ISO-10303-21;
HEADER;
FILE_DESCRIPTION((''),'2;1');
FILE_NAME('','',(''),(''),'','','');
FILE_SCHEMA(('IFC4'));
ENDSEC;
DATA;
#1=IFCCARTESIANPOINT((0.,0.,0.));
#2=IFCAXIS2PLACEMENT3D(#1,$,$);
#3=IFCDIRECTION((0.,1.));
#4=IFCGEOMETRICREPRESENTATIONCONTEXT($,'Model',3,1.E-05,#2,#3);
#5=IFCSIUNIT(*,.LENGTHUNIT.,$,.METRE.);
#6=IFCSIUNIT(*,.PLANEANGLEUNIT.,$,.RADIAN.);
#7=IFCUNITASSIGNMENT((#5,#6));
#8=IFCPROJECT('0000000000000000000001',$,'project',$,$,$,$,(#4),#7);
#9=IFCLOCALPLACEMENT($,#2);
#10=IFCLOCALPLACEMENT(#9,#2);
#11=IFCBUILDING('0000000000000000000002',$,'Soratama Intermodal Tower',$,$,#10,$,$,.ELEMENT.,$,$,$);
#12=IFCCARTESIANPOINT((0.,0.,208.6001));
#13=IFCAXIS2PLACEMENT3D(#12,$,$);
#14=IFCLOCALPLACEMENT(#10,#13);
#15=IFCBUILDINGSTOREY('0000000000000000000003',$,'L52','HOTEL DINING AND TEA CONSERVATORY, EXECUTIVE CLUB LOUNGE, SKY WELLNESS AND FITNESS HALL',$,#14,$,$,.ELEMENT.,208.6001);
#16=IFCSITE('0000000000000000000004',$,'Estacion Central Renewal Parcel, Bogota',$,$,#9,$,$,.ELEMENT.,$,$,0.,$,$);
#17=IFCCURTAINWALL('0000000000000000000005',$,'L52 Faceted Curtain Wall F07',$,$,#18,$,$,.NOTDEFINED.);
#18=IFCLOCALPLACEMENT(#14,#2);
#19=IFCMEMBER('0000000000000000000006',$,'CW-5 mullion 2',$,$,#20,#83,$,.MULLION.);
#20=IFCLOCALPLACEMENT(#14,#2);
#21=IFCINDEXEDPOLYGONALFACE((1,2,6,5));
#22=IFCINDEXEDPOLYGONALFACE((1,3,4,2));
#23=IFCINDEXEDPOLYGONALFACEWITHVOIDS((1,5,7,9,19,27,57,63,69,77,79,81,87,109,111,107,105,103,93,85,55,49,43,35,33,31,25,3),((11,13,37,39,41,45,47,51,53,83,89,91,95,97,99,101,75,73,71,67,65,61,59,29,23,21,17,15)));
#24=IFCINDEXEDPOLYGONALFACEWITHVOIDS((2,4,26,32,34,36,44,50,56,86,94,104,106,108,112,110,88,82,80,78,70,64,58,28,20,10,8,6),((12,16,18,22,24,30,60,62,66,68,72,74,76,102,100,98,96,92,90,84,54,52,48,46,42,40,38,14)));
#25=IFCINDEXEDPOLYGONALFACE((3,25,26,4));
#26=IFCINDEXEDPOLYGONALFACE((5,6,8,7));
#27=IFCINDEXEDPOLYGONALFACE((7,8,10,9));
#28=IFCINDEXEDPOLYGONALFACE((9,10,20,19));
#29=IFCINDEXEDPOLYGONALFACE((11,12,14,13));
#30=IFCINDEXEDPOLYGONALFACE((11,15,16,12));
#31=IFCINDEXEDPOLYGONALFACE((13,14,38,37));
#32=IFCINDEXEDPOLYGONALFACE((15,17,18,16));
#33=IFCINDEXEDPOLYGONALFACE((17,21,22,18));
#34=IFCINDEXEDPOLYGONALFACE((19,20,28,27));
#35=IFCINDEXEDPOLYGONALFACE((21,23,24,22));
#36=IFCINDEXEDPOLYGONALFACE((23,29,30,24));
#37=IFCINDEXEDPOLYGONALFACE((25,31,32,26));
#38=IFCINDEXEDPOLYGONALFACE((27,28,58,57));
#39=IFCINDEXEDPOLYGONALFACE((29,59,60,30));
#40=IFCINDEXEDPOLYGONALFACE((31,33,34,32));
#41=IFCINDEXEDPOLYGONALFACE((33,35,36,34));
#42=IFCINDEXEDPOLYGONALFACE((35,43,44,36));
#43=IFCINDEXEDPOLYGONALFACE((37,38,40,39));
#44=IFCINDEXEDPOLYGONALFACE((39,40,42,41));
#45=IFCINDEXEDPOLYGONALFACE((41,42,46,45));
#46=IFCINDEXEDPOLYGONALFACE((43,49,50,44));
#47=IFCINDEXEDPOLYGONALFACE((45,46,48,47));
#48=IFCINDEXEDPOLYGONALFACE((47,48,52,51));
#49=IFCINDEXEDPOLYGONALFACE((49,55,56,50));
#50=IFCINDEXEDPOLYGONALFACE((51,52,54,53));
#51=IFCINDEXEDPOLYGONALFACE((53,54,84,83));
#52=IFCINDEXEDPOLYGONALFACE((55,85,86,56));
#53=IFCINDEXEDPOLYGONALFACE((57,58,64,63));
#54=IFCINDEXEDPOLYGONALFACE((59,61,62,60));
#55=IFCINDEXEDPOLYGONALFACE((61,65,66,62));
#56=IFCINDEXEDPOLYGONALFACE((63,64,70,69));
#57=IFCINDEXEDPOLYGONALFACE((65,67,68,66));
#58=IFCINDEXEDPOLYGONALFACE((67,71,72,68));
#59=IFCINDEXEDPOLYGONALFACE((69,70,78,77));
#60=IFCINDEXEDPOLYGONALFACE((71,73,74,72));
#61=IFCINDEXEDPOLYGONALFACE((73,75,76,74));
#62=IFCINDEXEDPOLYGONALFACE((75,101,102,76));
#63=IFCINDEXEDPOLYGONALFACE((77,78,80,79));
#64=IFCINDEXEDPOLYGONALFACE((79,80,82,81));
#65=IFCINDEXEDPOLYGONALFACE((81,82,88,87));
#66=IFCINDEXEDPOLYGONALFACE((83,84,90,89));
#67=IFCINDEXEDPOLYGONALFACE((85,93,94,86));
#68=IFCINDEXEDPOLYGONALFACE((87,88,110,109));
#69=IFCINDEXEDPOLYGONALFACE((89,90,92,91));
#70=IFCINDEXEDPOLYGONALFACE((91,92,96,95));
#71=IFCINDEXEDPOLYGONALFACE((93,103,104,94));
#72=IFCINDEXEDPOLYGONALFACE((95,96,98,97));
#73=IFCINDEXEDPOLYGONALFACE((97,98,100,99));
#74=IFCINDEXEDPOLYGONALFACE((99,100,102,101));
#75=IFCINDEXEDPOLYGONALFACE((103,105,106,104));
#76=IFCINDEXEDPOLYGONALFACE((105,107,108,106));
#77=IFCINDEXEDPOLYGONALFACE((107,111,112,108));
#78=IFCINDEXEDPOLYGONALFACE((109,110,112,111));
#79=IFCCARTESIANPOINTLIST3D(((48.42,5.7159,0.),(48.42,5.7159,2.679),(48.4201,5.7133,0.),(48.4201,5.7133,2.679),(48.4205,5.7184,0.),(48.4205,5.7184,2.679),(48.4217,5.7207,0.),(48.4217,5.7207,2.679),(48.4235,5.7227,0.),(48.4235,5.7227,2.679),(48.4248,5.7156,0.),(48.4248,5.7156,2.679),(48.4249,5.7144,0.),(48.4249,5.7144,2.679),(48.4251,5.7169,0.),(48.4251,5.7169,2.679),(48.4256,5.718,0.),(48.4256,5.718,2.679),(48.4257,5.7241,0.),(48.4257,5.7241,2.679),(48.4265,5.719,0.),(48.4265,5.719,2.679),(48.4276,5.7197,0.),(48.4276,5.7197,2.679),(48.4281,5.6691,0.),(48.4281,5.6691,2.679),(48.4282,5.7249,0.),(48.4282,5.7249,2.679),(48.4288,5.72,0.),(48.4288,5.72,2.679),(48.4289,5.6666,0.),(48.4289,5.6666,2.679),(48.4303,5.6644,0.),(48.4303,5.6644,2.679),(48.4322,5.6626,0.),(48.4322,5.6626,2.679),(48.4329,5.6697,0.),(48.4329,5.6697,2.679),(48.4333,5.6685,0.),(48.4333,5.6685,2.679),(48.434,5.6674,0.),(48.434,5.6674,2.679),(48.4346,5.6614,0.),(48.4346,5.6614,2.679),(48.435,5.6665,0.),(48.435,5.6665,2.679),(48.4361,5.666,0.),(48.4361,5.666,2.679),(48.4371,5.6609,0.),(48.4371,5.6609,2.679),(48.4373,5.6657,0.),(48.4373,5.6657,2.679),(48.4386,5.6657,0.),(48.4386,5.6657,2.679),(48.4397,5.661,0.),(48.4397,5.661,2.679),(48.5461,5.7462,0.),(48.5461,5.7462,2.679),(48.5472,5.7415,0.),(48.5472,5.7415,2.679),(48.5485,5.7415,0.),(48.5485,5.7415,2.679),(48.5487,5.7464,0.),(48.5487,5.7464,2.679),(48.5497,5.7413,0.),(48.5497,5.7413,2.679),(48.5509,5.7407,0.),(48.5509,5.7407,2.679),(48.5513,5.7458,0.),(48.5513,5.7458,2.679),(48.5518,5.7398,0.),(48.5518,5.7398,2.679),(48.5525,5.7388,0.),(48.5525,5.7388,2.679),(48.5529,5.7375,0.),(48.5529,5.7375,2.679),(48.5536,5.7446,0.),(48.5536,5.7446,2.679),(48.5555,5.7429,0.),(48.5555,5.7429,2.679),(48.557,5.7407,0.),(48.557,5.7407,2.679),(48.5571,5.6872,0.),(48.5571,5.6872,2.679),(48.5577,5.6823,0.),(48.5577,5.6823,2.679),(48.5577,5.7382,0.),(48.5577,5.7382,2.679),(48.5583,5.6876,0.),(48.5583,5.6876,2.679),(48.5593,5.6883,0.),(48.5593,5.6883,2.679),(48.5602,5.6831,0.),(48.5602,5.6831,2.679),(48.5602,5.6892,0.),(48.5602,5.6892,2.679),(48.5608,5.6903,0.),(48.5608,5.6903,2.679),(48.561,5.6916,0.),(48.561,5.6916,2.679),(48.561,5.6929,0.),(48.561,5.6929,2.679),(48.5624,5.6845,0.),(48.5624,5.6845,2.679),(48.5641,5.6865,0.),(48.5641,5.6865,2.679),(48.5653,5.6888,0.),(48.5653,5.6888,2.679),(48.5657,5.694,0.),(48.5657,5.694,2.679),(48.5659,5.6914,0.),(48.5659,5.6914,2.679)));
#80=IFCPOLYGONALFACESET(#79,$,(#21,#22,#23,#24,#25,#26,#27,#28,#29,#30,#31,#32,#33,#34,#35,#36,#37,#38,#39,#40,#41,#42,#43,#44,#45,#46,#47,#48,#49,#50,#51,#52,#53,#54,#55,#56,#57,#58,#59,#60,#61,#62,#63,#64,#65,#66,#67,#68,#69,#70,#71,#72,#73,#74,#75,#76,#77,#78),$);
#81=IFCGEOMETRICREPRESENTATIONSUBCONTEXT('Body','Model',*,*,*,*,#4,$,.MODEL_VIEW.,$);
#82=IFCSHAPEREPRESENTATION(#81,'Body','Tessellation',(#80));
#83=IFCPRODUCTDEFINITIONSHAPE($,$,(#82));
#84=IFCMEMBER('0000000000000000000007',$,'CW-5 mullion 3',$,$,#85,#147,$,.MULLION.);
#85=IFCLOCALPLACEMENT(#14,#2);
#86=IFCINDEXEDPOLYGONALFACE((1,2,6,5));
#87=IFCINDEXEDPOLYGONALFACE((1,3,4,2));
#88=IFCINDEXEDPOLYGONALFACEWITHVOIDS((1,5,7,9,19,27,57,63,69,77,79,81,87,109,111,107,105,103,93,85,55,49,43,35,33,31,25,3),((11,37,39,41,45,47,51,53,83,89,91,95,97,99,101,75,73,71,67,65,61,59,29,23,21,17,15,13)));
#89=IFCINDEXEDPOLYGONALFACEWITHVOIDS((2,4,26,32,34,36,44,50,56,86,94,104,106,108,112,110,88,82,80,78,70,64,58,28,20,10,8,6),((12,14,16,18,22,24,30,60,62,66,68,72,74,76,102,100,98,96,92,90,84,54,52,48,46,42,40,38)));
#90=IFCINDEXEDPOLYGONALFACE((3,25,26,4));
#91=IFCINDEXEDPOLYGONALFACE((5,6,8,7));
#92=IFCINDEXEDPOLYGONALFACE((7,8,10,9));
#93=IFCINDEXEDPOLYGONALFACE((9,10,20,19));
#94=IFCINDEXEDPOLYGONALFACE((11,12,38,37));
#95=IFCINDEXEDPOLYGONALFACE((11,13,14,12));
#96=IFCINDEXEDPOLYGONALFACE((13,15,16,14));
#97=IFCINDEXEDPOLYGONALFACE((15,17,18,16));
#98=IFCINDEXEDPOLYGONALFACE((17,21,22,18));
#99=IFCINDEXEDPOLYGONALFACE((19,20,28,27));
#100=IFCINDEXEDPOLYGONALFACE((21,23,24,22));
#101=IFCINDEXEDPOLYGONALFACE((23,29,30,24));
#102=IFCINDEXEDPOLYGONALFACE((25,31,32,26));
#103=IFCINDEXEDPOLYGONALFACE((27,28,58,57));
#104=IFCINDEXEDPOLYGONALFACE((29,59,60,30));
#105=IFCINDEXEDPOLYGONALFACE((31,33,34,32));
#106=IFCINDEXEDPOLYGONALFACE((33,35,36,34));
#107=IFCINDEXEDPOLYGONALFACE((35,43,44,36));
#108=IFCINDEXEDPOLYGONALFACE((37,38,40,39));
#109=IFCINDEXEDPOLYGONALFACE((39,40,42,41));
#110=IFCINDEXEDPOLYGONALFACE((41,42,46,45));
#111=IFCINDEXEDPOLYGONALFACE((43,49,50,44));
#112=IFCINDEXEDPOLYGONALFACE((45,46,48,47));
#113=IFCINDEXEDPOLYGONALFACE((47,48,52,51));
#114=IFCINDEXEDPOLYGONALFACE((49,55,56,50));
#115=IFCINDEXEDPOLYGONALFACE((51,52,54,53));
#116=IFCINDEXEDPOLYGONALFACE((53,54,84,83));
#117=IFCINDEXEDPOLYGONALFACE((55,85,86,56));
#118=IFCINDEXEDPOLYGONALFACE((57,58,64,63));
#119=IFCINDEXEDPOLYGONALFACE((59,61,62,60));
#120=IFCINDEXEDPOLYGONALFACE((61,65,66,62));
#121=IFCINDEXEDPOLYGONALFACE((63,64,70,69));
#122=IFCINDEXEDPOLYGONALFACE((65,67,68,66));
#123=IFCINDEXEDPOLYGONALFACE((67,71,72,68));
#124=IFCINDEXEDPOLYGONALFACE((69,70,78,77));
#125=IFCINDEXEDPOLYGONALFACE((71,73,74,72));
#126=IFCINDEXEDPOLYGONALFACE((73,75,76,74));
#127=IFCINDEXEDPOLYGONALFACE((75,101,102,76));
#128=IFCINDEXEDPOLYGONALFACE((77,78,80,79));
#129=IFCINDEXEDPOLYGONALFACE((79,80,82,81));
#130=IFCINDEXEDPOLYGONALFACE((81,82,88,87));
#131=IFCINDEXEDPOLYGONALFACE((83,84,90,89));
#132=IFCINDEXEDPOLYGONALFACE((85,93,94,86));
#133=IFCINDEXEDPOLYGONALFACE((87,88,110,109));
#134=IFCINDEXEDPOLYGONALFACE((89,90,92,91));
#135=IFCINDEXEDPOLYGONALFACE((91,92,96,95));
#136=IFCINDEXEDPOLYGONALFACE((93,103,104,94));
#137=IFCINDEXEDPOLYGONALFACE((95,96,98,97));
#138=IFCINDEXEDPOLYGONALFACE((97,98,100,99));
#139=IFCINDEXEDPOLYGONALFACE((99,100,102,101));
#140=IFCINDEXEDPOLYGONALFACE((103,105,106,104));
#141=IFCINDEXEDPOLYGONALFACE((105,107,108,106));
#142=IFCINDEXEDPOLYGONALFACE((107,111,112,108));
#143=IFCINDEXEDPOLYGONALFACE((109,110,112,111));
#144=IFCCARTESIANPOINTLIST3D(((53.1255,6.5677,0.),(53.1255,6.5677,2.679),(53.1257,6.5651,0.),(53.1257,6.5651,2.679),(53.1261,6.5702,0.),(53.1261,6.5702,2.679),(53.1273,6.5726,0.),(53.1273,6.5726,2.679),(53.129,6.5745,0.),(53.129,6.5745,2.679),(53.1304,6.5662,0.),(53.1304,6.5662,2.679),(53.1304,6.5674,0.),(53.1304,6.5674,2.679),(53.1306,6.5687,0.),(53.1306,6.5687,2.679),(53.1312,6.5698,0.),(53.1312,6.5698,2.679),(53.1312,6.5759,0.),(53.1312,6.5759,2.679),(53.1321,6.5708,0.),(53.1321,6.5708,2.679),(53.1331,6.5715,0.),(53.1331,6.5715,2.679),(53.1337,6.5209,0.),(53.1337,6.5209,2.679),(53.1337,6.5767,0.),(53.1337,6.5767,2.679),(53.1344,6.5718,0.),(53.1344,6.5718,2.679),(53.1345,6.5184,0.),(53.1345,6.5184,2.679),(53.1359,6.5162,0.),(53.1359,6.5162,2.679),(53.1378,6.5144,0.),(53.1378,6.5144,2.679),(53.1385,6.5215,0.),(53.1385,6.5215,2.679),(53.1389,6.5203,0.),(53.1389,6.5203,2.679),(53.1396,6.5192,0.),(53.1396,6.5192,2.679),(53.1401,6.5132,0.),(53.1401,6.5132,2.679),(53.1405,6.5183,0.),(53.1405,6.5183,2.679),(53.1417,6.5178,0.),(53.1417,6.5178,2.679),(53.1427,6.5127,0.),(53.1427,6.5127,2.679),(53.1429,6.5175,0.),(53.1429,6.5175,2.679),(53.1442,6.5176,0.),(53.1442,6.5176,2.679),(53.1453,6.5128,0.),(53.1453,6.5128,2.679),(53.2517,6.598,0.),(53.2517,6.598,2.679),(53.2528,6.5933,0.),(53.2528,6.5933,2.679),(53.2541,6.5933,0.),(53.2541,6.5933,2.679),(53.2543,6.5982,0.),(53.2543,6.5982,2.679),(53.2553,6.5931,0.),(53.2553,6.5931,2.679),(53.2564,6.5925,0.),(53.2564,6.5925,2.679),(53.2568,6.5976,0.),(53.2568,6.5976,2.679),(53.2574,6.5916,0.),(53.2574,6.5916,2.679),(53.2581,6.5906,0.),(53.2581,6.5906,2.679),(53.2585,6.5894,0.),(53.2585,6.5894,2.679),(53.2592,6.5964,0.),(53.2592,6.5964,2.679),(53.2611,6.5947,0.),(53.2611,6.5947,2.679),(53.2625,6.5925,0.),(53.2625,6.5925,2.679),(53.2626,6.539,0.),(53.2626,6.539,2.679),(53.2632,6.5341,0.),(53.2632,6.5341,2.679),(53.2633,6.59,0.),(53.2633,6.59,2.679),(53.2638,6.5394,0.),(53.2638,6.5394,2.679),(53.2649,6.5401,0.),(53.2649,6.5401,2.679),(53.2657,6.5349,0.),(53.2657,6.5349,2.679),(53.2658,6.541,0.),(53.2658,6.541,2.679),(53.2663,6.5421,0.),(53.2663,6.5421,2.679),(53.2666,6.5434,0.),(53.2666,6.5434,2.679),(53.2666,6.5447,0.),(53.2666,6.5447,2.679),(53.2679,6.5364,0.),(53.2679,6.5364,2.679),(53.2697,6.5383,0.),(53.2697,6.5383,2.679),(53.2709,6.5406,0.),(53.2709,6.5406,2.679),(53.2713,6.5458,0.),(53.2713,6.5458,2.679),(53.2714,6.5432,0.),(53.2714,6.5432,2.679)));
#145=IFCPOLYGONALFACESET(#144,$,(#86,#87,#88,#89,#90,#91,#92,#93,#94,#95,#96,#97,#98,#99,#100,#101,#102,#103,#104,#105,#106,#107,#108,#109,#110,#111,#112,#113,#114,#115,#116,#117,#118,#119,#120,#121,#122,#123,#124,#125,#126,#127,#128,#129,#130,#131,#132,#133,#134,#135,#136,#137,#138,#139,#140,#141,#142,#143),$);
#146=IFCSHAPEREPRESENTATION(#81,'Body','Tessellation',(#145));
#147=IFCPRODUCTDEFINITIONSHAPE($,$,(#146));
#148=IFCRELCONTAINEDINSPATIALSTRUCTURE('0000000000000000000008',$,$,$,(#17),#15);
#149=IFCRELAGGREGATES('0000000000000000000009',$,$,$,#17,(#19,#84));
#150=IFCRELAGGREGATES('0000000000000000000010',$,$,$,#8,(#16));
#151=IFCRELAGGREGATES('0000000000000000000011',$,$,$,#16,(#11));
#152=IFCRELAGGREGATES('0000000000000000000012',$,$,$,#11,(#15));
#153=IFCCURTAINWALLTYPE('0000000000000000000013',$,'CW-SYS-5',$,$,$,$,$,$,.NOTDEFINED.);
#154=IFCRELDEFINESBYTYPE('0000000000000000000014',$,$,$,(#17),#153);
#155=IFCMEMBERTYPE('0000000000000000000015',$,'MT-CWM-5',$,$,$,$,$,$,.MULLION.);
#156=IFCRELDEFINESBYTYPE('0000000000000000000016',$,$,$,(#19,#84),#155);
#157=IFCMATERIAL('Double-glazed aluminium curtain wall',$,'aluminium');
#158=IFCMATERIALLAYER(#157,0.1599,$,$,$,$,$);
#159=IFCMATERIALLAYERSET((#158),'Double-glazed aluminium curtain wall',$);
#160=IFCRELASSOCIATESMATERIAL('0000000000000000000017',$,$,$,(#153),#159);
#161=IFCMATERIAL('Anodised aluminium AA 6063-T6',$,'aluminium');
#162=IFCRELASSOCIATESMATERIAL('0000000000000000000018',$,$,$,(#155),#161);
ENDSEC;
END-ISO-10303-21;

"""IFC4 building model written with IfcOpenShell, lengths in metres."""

from ifc_helpers import new_model, si_unit, direction, frame, origin, origin_2d, place, context, subcontext, project, spatial, hollow_rectangle, extrude, material, layer, layer_set, material_profile, profile_set, type_object, element, aggregate, save


model = new_model("IFC4")

# Units and contexts
model_context = context("Model", 3, precision=1e-05, world=origin(), true_north=direction((0.0, 1.0)))
body_context = subcontext(model_context, "Body", "Model", "MODEL_VIEW")
ifc_project = project(units=[si_unit("LENGTHUNIT", "METRE"), si_unit("PLANEANGLEUNIT", "RADIAN")], contexts=[model_context])

# Site, building, storey
site_placement = place(None, origin())
site = spatial("IfcSite", under=ifc_project, at=site_placement, Name="Estacion Central Renewal Parcel, Bogota", CompositionType="ELEMENT", RefElevation=0.0)
building_placement = place(site_placement, origin())
building = spatial("IfcBuilding", under=site, at=building_placement, Name="Soratama Intermodal Tower", CompositionType="ELEMENT")
storey_placement = place(building_placement, frame((0.0, 0.0, 208.6001)))
storey = spatial("IfcBuildingStorey", under=building, at=storey_placement, Name="L52", Description="HOTEL DINING AND TEA CONSERVATORY, EXECUTIVE CLUB LOUNGE, SKY WELLNESS AND FITNESS HALL", CompositionType="ELEMENT", Elevation=208.6001)

# Curtain wall, members
ifc_material_1 = material(Name="Double-glazed aluminium curtain wall", Category="aluminium")
ifc_layer_1 = layer(ifc_material_1, 0.1599)
ifc_layer_set_1 = layer_set([ifc_layer_1], Name="Double-glazed aluminium curtain wall")
curtain_wall_type = type_object("IfcCurtainWallType", Name="CW-SYS-5", PredefinedType="NOTDEFINED", material=ifc_layer_set_1)
curtain_wall_1_placement = place(storey_placement, origin())
curtain_wall_1 = element("IfcCurtainWall", 1, at=curtain_wall_1_placement, inside=storey, type_object=curtain_wall_type, Name="L52 Faceted Curtain Wall F07", PredefinedType="NOTDEFINED")
ifc_material_2 = material(Name="Anodised aluminium AA 6063-T6", Category="aluminium")
ifc_material_profile_1 = material_profile(ifc_material_2, hollow_rectangle(XDim=0.0649, YDim=0.1399, WallThickness=0.0049, InnerFilletRadius=0.0049, OuterFilletRadius=0.01, at=origin_2d()), Name="CWM140X65X5")
ifc_profile_set_1 = profile_set([ifc_material_profile_1], Name="Anodised aluminium AA 6063-T6")
member_type_1 = type_object("IfcMemberType", Name="MT-CWM-5", PredefinedType="MULLION", material=ifc_profile_set_1)
member_1_placement = place(storey_placement, frame((48.4929, 5.7036, 0.0), z_axis=(0.0, 0.0, 1.0), x_axis=(-0.178115, 0.98401, 0.0)))
member_1 = element("IfcMember", 2, at=member_1_placement, type_object=member_type_1, Name="CW-5 mullion 2", PredefinedType="MULLION", context=body_context, shape_type="SweptSolid", body=[
    extrude(hollow_rectangle(XDim=0.0649, YDim=0.1399, WallThickness=0.0049, InnerFilletRadius=0.0049, OuterFilletRadius=0.01, at=origin_2d()), origin(), (0.0, 0.0, 1.0), 2.679),
])
member_2_placement = place(storey_placement, frame((53.1985, 6.5554, 0.0), z_axis=(0.0, 0.0, 1.0), x_axis=(-0.178115, 0.98401, 0.0)))
member_2 = element("IfcMember", 3, at=member_2_placement, type_object=member_type_1, Name="CW-5 mullion 3", PredefinedType="MULLION", context=body_context, shape_type="SweptSolid", body=[
    extrude(hollow_rectangle(XDim=0.0649, YDim=0.1399, WallThickness=0.0049, InnerFilletRadius=0.0049, OuterFilletRadius=0.01, at=origin_2d()), origin(), (0.0, 0.0, 1.0), 2.679),
])

aggregate(curtain_wall_1, [member_1, member_2])

save(model, "model.ifc")
